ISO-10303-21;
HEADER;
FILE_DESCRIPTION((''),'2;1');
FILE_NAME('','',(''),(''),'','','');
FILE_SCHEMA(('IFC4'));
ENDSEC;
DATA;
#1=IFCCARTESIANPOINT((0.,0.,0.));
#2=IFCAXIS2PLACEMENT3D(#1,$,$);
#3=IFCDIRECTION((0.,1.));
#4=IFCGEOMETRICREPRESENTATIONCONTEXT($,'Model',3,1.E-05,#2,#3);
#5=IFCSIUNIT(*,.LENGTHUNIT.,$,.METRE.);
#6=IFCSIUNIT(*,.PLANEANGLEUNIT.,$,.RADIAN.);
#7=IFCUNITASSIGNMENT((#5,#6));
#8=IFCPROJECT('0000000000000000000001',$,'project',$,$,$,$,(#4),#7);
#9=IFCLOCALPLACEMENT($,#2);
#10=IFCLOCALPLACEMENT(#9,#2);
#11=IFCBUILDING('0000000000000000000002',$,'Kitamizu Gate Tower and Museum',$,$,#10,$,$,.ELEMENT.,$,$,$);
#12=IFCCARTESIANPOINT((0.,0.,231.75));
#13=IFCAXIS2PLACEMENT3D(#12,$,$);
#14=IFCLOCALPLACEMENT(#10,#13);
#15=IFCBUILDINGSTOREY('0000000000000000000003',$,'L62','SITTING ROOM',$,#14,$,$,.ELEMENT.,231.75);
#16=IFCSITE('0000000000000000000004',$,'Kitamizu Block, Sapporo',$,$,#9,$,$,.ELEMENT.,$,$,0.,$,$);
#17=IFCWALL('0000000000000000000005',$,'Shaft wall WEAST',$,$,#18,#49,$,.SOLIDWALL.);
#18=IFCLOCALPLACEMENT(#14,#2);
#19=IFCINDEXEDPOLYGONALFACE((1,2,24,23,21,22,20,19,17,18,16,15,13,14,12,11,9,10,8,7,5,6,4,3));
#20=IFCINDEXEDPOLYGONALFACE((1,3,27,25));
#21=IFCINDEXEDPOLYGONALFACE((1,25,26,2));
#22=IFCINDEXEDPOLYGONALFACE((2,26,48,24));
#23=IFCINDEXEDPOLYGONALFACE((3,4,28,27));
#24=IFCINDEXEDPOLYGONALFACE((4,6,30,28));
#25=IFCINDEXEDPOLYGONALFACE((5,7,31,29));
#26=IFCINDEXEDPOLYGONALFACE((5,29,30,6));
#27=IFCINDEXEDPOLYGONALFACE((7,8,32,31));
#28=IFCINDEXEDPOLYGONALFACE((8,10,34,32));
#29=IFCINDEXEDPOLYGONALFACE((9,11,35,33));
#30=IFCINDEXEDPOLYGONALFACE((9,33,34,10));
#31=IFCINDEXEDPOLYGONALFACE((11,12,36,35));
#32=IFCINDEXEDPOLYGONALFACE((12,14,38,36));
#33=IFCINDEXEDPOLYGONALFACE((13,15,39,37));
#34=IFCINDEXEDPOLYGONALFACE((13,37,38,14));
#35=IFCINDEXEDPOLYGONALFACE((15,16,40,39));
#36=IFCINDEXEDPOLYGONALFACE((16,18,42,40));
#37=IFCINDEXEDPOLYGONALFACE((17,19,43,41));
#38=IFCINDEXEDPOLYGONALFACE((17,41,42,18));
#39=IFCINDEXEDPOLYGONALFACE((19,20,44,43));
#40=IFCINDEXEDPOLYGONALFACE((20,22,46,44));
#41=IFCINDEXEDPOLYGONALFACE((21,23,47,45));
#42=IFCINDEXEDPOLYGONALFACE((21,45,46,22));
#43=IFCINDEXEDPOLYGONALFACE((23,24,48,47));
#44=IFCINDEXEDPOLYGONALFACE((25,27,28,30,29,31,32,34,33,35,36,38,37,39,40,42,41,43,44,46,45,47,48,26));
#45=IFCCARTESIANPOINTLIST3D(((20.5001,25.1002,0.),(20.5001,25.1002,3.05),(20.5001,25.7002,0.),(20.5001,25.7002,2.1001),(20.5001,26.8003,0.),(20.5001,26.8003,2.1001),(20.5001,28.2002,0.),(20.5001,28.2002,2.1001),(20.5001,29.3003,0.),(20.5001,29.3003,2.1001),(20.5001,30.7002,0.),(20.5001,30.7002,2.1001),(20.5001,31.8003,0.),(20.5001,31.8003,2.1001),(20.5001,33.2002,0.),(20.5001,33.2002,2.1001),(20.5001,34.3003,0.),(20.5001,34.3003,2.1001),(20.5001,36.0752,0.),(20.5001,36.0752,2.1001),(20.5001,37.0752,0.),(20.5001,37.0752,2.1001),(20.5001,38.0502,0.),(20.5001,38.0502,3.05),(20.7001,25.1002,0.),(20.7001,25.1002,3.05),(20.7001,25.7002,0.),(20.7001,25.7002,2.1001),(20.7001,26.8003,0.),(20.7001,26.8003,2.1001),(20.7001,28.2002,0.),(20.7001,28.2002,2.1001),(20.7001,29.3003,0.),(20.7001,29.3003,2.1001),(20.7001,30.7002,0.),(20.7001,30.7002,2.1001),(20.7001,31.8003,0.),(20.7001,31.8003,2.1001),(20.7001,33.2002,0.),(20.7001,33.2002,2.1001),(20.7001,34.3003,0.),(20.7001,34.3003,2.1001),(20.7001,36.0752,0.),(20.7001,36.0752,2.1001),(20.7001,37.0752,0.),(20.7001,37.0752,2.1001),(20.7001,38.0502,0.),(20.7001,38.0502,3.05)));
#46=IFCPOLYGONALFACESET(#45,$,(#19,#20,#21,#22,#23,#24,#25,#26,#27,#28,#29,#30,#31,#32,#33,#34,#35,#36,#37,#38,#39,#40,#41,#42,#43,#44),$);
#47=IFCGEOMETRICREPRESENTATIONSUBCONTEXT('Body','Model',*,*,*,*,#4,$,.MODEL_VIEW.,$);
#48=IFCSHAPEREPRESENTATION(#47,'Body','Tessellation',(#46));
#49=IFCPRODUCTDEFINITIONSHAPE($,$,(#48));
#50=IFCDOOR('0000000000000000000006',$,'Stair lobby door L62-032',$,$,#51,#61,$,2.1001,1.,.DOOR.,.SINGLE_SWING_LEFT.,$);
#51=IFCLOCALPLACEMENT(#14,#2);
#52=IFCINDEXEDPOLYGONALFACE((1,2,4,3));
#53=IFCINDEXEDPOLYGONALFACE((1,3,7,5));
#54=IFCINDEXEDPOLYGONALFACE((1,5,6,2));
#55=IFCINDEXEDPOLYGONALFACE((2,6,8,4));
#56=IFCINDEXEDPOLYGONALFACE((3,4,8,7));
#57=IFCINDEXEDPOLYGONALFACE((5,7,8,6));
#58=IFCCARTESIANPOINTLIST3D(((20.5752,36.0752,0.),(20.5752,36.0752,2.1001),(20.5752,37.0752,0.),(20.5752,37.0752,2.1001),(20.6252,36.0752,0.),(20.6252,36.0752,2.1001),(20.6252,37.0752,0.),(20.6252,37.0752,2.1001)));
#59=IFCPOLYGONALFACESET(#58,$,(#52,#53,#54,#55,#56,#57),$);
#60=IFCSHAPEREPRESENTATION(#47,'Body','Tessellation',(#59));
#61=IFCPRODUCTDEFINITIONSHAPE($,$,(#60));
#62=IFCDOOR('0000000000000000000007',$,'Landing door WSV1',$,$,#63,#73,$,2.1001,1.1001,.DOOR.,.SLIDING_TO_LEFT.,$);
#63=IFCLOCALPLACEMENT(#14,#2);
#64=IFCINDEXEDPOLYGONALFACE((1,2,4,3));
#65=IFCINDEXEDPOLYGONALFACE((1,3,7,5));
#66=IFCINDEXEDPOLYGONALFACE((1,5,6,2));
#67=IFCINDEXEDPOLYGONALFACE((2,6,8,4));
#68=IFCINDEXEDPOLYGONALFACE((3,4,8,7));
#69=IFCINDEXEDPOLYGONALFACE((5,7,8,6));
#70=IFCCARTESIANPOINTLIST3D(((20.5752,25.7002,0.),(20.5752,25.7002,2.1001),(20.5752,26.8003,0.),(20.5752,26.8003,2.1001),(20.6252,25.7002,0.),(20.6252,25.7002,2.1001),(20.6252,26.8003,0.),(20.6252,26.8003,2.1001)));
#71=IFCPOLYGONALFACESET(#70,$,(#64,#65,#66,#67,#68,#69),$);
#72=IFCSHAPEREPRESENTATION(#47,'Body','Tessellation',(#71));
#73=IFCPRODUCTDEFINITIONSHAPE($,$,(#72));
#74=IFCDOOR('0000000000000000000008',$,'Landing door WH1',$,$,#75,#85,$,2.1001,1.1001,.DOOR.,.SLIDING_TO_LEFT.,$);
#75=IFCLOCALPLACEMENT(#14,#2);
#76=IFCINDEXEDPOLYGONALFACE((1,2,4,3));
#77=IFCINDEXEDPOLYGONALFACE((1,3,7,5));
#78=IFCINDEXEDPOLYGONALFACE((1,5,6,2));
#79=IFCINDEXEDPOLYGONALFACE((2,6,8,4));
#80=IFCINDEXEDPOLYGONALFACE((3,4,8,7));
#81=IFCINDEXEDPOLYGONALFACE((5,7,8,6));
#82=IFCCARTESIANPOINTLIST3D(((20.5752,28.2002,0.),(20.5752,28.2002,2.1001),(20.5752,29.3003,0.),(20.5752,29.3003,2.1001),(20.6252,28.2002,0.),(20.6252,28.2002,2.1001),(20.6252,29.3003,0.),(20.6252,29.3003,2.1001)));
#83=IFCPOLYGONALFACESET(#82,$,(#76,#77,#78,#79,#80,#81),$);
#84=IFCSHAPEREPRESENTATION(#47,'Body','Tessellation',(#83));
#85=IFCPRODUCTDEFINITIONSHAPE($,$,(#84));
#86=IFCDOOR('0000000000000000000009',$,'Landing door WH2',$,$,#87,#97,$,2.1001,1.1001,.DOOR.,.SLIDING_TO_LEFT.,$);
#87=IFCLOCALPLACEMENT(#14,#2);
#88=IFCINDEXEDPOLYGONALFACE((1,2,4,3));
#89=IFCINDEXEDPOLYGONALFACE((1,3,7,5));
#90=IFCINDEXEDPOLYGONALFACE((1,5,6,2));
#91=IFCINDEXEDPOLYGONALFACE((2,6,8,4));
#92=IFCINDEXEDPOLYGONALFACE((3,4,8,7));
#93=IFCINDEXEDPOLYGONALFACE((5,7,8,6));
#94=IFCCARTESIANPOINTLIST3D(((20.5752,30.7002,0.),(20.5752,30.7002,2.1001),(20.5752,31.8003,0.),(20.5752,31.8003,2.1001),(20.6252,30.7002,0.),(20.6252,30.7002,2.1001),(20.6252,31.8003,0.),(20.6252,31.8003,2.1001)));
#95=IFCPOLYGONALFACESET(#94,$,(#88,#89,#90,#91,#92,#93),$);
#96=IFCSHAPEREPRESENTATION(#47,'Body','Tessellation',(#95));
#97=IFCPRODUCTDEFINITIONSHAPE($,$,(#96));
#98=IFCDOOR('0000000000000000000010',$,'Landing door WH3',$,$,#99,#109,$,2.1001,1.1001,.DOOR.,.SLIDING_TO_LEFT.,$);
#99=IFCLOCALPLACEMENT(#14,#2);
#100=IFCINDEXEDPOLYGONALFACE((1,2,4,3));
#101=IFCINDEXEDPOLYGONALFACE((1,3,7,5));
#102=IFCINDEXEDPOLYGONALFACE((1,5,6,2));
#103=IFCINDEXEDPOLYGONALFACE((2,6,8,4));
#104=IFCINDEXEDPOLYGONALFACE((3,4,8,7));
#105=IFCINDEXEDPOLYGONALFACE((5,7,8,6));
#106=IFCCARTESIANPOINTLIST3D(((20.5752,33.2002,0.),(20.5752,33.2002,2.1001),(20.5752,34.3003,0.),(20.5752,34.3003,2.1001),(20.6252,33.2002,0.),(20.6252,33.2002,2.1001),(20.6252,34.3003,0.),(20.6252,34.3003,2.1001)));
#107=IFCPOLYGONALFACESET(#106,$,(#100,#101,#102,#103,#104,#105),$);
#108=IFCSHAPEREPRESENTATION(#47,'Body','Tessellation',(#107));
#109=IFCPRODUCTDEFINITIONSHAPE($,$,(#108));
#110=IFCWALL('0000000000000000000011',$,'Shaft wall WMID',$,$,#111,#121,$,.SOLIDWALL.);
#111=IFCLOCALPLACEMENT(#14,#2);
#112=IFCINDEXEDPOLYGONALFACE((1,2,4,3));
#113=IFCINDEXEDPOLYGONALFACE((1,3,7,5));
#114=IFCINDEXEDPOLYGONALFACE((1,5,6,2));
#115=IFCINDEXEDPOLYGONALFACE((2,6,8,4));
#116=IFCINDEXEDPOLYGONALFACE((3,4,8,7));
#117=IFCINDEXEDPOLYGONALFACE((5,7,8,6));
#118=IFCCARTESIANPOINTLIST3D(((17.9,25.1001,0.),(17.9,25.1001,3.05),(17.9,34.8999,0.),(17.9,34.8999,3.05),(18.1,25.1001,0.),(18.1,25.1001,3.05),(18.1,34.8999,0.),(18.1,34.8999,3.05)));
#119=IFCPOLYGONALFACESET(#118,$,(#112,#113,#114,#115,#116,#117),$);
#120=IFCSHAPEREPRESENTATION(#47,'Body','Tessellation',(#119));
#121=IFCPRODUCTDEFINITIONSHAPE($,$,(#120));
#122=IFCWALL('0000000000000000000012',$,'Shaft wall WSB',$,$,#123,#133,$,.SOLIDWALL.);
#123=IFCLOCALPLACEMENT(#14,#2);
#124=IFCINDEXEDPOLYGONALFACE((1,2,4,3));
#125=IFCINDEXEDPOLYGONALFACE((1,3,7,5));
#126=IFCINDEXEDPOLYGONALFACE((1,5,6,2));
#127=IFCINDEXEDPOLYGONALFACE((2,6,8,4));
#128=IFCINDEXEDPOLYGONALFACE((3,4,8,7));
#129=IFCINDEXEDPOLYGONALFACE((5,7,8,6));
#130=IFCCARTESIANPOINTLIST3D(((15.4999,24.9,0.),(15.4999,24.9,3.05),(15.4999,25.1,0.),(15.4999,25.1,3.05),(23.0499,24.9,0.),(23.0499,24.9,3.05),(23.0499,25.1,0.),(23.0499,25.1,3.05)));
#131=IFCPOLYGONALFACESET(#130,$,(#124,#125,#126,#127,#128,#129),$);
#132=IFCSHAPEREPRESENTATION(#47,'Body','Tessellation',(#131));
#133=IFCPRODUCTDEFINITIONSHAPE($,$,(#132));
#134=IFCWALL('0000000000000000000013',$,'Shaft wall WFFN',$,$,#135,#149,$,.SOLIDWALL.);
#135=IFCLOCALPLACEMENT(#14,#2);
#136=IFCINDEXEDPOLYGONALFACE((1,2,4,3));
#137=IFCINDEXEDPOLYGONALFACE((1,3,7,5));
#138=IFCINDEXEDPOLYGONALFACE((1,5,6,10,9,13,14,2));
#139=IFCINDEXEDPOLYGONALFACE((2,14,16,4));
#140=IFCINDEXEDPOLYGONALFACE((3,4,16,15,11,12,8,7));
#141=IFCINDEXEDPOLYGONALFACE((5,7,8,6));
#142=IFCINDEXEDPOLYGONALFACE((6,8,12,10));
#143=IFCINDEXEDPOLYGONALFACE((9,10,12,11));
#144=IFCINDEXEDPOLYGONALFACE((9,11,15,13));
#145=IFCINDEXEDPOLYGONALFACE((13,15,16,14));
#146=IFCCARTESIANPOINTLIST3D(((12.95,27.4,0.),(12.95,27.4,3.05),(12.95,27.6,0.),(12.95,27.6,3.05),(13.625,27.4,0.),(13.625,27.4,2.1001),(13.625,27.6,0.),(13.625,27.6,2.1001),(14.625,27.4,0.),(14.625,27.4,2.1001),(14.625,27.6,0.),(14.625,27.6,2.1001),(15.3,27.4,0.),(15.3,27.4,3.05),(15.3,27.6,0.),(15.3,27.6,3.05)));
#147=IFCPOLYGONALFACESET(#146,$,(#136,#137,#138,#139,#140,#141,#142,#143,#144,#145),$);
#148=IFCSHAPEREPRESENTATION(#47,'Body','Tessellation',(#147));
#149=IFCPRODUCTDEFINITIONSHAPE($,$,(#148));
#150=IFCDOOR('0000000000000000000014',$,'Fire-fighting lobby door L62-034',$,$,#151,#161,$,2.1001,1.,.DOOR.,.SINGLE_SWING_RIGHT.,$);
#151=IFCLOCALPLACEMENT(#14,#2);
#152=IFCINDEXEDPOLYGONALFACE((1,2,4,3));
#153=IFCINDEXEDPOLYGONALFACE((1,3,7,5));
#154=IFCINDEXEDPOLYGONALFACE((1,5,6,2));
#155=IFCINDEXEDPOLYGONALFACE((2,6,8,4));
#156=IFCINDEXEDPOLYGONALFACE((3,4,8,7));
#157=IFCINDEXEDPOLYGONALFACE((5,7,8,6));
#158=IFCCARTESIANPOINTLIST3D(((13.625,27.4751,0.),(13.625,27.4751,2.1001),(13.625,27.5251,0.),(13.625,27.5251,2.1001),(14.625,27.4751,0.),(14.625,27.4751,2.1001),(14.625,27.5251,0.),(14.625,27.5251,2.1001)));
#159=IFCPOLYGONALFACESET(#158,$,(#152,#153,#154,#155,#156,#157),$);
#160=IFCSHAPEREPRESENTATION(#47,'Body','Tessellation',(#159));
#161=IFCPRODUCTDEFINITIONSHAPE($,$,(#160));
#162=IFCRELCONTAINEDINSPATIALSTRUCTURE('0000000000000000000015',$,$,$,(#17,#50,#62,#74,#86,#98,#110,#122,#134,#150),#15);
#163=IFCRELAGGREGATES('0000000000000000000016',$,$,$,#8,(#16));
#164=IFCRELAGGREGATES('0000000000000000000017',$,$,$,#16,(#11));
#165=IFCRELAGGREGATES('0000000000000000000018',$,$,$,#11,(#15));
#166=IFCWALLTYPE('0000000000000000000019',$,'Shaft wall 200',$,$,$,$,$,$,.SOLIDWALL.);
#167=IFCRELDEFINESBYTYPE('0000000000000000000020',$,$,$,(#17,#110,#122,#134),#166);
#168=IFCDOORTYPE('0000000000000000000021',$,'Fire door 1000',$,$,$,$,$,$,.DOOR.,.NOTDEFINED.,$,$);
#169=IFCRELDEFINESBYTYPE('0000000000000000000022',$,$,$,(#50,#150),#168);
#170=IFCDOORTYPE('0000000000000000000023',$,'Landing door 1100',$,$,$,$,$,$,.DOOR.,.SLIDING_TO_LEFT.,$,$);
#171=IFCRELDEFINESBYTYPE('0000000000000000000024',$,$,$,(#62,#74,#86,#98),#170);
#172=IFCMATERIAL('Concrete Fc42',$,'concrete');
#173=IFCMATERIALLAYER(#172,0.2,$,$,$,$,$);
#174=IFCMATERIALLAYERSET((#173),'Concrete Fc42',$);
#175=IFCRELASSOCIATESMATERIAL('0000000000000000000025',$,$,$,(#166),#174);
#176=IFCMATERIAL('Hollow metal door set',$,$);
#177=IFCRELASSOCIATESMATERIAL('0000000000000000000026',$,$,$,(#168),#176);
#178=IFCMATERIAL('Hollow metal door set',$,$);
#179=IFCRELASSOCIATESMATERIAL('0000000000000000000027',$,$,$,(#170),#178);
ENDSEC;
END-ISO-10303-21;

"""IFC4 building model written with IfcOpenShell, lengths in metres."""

from ifc_helpers import new_model, si_unit, direction, frame, frame_2d, origin, place, context, subcontext, project, spatial, rectangle, extrude, material, layer, layer_set, type_object, element, fill, save


model = new_model("IFC4")

# Units and contexts
model_context = context("Model", 3, precision=1e-05, world=origin(), true_north=direction((0.0, 1.0)))
body_context = subcontext(model_context, "Body", "Model", "MODEL_VIEW")
ifc_project = project(units=[si_unit("LENGTHUNIT", "METRE"), si_unit("PLANEANGLEUNIT", "RADIAN")], contexts=[model_context])

# Site, building, storey
site_placement = place(None, origin())
site = spatial("IfcSite", under=ifc_project, at=site_placement, Name="Kitamizu Block, Sapporo", CompositionType="ELEMENT", RefElevation=0.0)
building_placement = place(site_placement, origin())
building = spatial("IfcBuilding", under=site, at=building_placement, Name="Kitamizu Gate Tower and Museum", CompositionType="ELEMENT")
storey_placement = place(building_placement, frame((0.0, 0.0, 231.75)))
storey = spatial("IfcBuildingStorey", under=building, at=storey_placement, Name="L62", Description="SITTING ROOM", CompositionType="ELEMENT", Elevation=231.75)

# Wall, openings, doors
ifc_material_1 = material(Name="Concrete Fc42", Category="concrete")
ifc_layer_1 = layer(ifc_material_1, 0.2)
ifc_layer_set_1 = layer_set([ifc_layer_1], Name="Concrete Fc42")
wall_type_1 = type_object("IfcWallType", Name="Shaft wall 200", PredefinedType="SOLIDWALL", material=ifc_layer_set_1)
ifc_material_2 = material(Name="Hollow metal door set")
door_type_1 = type_object("IfcDoorType", Name="Fire door 1000", OperationType="NOTDEFINED", PredefinedType="DOOR", material=ifc_material_2)
ifc_material_3 = material(Name="Hollow metal door set")
door_type_2 = type_object("IfcDoorType", Name="Landing door 1100", OperationType="SLIDING_TO_LEFT", PredefinedType="DOOR", material=ifc_material_3)
wall_1_placement = place(storey_placement, frame((20.6001, 25.1001, 0.0), z_axis=(0.0, 0.0, 1.0), x_axis=(0.0, 1.0, 0.0)))
wall_1 = element("IfcWall", 1, at=wall_1_placement, inside=storey, type_object=wall_type_1, Name="Shaft wall WEAST", PredefinedType="SOLIDWALL", context=body_context, shape_type="SweptSolid", body=[
    extrude(rectangle(XDim=12.95, YDim=0.2, at=frame_2d((6.4751, 0.0))), origin(), (0.0, 0.0, 1.0), 3.05),
])
opening_1_placement = place(wall_1_placement, frame((0.6001, 0.0, 0.0)))
opening_1 = element("IfcOpeningElement", 2, at=opening_1_placement, cuts=wall_1, PredefinedType="OPENING", context=body_context, shape_type="SweptSolid", body=[
    extrude(rectangle(XDim=1.1001, YDim=2.1001, at=frame_2d((0.55, 1.05))), frame((0.0, 0.1099, 0.0), z_axis=(0.0, -1.0, 0.0), x_axis=(1.0, 0.0, 0.0)), (0.0, 0.0, 1.0), 0.22),
])
opening_2_placement = place(wall_1_placement, frame((3.1001, 0.0, 0.0)))
opening_2 = element("IfcOpeningElement", 3, at=opening_2_placement, cuts=wall_1, PredefinedType="OPENING", context=body_context, shape_type="SweptSolid", body=[
    extrude(rectangle(XDim=1.1001, YDim=2.1001, at=frame_2d((0.55, 1.05))), frame((0.0, 0.1099, 0.0), z_axis=(0.0, -1.0, 0.0), x_axis=(1.0, 0.0, 0.0)), (0.0, 0.0, 1.0), 0.22),
])
opening_3_placement = place(wall_1_placement, frame((5.6001, 0.0, 0.0)))
opening_3 = element("IfcOpeningElement", 4, at=opening_3_placement, cuts=wall_1, PredefinedType="OPENING", context=body_context, shape_type="SweptSolid", body=[
    extrude(rectangle(XDim=1.1001, YDim=2.1001, at=frame_2d((0.55, 1.05))), frame((0.0, 0.1099, 0.0), z_axis=(0.0, -1.0, 0.0), x_axis=(1.0, 0.0, 0.0)), (0.0, 0.0, 1.0), 0.22),
])
opening_4_placement = place(wall_1_placement, frame((8.1001, 0.0, 0.0)))
opening_4 = element("IfcOpeningElement", 5, at=opening_4_placement, cuts=wall_1, PredefinedType="OPENING", context=body_context, shape_type="SweptSolid", body=[
    extrude(rectangle(XDim=1.1001, YDim=2.1001, at=frame_2d((0.55, 1.05))), frame((0.0, 0.1099, 0.0), z_axis=(0.0, -1.0, 0.0), x_axis=(1.0, 0.0, 0.0)), (0.0, 0.0, 1.0), 0.22),
])
opening_5_placement = place(wall_1_placement, frame((10.9751, 0.0, 0.0)))
opening_5 = element("IfcOpeningElement", 6, at=opening_5_placement, cuts=wall_1, PredefinedType="OPENING", context=body_context, shape_type="SweptSolid", body=[
    extrude(rectangle(XDim=1.0, YDim=2.1001, at=frame_2d((0.5, 1.05))), frame((0.0, 0.1099, 0.0), z_axis=(0.0, -1.0, 0.0), x_axis=(1.0, 0.0, 0.0)), (0.0, 0.0, 1.0), 0.22),
])
door_1_placement = place(opening_5_placement, origin())
door_1 = element("IfcDoor", 7, at=door_1_placement, inside=storey, type_object=door_type_1, Name="Stair lobby door L62-032", OperationType="SINGLE_SWING_LEFT", OverallHeight=2.1001, OverallWidth=1.0, PredefinedType="DOOR", context=body_context, shape_type="SweptSolid", body=[
    extrude(rectangle(XDim=1.0, YDim=2.1001, at=frame_2d((0.5, 1.05))), frame((0.0, 0.0249, 0.0), z_axis=(0.0, -1.0, 0.0), x_axis=(1.0, 0.0, 0.0)), (0.0, 0.0, 1.0), 0.05),
])
fill(opening_5, door_1)
door_2_placement = place(opening_1_placement, origin())
door_2 = element("IfcDoor", 8, at=door_2_placement, inside=storey, type_object=door_type_2, Name="Landing door WSV1", OperationType="SLIDING_TO_LEFT", OverallHeight=2.1001, OverallWidth=1.1001, PredefinedType="DOOR", context=body_context, shape_type="SweptSolid", body=[
    extrude(rectangle(XDim=1.1001, YDim=2.1001, at=frame_2d((0.55, 1.05))), frame((0.0, 0.0249, 0.0), z_axis=(0.0, -1.0, 0.0), x_axis=(1.0, 0.0, 0.0)), (0.0, 0.0, 1.0), 0.05),
])
fill(opening_1, door_2)
door_3_placement = place(opening_2_placement, origin())
door_3 = element("IfcDoor", 9, at=door_3_placement, inside=storey, type_object=door_type_2, Name="Landing door WH1", OperationType="SLIDING_TO_LEFT", OverallHeight=2.1001, OverallWidth=1.1001, PredefinedType="DOOR", context=body_context, shape_type="SweptSolid", body=[
    extrude(rectangle(XDim=1.1001, YDim=2.1001, at=frame_2d((0.55, 1.05))), frame((0.0, 0.0249, 0.0), z_axis=(0.0, -1.0, 0.0), x_axis=(1.0, 0.0, 0.0)), (0.0, 0.0, 1.0), 0.05),
])
fill(opening_2, door_3)
door_4_placement = place(opening_3_placement, origin())
door_4 = element("IfcDoor", 10, at=door_4_placement, inside=storey, type_object=door_type_2, Name="Landing door WH2", OperationType="SLIDING_TO_LEFT", OverallHeight=2.1001, OverallWidth=1.1001, PredefinedType="DOOR", context=body_context, shape_type="SweptSolid", body=[
    extrude(rectangle(XDim=1.1001, YDim=2.1001, at=frame_2d((0.55, 1.05))), frame((0.0, 0.0249, 0.0), z_axis=(0.0, -1.0, 0.0), x_axis=(1.0, 0.0, 0.0)), (0.0, 0.0, 1.0), 0.05),
])
fill(opening_3, door_4)
door_5_placement = place(opening_4_placement, origin())
door_5 = element("IfcDoor", 11, at=door_5_placement, inside=storey, type_object=door_type_2, Name="Landing door WH3", OperationType="SLIDING_TO_LEFT", OverallHeight=2.1001, OverallWidth=1.1001, PredefinedType="DOOR", context=body_context, shape_type="SweptSolid", body=[
    extrude(rectangle(XDim=1.1001, YDim=2.1001, at=frame_2d((0.55, 1.05))), frame((0.0, 0.0249, 0.0), z_axis=(0.0, -1.0, 0.0), x_axis=(1.0, 0.0, 0.0)), (0.0, 0.0, 1.0), 0.05),
])
fill(opening_4, door_5)

# Walls
wall_2_placement = place(storey_placement, frame((18.0, 25.1001, 0.0), z_axis=(0.0, 0.0, 1.0), x_axis=(0.0, 1.0, 0.0)))
element("IfcWall", 12, at=wall_2_placement, inside=storey, type_object=wall_type_1, Name="Shaft wall WMID", PredefinedType="SOLIDWALL", context=body_context, shape_type="SweptSolid", body=[
    extrude(rectangle(XDim=9.7998, YDim=0.2, at=frame_2d((4.8999, 0.0))), origin(), (0.0, 0.0, 1.0), 3.05),
])
wall_3_placement = place(storey_placement, frame((15.5, 25.0, 0.0), z_axis=(0.0, 0.0, 1.0), x_axis=(1.0, 0.0, 0.0)))
element("IfcWall", 13, at=wall_3_placement, inside=storey, type_object=wall_type_1, Name="Shaft wall WSB", PredefinedType="SOLIDWALL", context=body_context, shape_type="SweptSolid", body=[
    extrude(rectangle(XDim=7.55, YDim=0.2, at=frame_2d((3.7749, 0.0))), origin(), (0.0, 0.0, 1.0), 3.05),
])

# Wall, opening, door
wall_4_placement = place(storey_placement, frame((12.95, 27.5, 0.0), z_axis=(0.0, 0.0, 1.0), x_axis=(1.0, 0.0, 0.0)))
wall_4 = element("IfcWall", 14, at=wall_4_placement, inside=storey, type_object=wall_type_1, Name="Shaft wall WFFN", PredefinedType="SOLIDWALL", context=body_context, shape_type="SweptSolid", body=[
    extrude(rectangle(XDim=2.3501, YDim=0.2, at=frame_2d((1.175, 0.0))), origin(), (0.0, 0.0, 1.0), 3.05),
])
opening_6_placement = place(wall_4_placement, frame((0.675, 0.0, 0.0)))
opening_6 = element("IfcOpeningElement", 15, at=opening_6_placement, cuts=wall_4, PredefinedType="OPENING", context=body_context, shape_type="SweptSolid", body=[
    extrude(rectangle(XDim=1.0, YDim=2.1001, at=frame_2d((0.5, 1.05))), frame((0.0, 0.1099, 0.0), z_axis=(0.0, -1.0, 0.0), x_axis=(1.0, 0.0, 0.0)), (0.0, 0.0, 1.0), 0.22),
])
door_6_placement = place(opening_6_placement, frame((1.0, 0.0, 0.0), x_axis=(-1.0, 0.0, 0.0)))
door_6 = element("IfcDoor", 16, at=door_6_placement, inside=storey, type_object=door_type_1, Name="Fire-fighting lobby door L62-034", OperationType="SINGLE_SWING_RIGHT", OverallHeight=2.1001, OverallWidth=1.0, PredefinedType="DOOR", context=body_context, shape_type="SweptSolid", body=[
    extrude(rectangle(XDim=1.0, YDim=2.1001, at=frame_2d((0.5, 1.05))), frame((0.0, 0.0249, 0.0), z_axis=(0.0, -1.0, 0.0), x_axis=(1.0, 0.0, 0.0)), (0.0, 0.0, 1.0), 0.05),
])
fill(opening_6, door_6)

save(model, "model.ifc")
